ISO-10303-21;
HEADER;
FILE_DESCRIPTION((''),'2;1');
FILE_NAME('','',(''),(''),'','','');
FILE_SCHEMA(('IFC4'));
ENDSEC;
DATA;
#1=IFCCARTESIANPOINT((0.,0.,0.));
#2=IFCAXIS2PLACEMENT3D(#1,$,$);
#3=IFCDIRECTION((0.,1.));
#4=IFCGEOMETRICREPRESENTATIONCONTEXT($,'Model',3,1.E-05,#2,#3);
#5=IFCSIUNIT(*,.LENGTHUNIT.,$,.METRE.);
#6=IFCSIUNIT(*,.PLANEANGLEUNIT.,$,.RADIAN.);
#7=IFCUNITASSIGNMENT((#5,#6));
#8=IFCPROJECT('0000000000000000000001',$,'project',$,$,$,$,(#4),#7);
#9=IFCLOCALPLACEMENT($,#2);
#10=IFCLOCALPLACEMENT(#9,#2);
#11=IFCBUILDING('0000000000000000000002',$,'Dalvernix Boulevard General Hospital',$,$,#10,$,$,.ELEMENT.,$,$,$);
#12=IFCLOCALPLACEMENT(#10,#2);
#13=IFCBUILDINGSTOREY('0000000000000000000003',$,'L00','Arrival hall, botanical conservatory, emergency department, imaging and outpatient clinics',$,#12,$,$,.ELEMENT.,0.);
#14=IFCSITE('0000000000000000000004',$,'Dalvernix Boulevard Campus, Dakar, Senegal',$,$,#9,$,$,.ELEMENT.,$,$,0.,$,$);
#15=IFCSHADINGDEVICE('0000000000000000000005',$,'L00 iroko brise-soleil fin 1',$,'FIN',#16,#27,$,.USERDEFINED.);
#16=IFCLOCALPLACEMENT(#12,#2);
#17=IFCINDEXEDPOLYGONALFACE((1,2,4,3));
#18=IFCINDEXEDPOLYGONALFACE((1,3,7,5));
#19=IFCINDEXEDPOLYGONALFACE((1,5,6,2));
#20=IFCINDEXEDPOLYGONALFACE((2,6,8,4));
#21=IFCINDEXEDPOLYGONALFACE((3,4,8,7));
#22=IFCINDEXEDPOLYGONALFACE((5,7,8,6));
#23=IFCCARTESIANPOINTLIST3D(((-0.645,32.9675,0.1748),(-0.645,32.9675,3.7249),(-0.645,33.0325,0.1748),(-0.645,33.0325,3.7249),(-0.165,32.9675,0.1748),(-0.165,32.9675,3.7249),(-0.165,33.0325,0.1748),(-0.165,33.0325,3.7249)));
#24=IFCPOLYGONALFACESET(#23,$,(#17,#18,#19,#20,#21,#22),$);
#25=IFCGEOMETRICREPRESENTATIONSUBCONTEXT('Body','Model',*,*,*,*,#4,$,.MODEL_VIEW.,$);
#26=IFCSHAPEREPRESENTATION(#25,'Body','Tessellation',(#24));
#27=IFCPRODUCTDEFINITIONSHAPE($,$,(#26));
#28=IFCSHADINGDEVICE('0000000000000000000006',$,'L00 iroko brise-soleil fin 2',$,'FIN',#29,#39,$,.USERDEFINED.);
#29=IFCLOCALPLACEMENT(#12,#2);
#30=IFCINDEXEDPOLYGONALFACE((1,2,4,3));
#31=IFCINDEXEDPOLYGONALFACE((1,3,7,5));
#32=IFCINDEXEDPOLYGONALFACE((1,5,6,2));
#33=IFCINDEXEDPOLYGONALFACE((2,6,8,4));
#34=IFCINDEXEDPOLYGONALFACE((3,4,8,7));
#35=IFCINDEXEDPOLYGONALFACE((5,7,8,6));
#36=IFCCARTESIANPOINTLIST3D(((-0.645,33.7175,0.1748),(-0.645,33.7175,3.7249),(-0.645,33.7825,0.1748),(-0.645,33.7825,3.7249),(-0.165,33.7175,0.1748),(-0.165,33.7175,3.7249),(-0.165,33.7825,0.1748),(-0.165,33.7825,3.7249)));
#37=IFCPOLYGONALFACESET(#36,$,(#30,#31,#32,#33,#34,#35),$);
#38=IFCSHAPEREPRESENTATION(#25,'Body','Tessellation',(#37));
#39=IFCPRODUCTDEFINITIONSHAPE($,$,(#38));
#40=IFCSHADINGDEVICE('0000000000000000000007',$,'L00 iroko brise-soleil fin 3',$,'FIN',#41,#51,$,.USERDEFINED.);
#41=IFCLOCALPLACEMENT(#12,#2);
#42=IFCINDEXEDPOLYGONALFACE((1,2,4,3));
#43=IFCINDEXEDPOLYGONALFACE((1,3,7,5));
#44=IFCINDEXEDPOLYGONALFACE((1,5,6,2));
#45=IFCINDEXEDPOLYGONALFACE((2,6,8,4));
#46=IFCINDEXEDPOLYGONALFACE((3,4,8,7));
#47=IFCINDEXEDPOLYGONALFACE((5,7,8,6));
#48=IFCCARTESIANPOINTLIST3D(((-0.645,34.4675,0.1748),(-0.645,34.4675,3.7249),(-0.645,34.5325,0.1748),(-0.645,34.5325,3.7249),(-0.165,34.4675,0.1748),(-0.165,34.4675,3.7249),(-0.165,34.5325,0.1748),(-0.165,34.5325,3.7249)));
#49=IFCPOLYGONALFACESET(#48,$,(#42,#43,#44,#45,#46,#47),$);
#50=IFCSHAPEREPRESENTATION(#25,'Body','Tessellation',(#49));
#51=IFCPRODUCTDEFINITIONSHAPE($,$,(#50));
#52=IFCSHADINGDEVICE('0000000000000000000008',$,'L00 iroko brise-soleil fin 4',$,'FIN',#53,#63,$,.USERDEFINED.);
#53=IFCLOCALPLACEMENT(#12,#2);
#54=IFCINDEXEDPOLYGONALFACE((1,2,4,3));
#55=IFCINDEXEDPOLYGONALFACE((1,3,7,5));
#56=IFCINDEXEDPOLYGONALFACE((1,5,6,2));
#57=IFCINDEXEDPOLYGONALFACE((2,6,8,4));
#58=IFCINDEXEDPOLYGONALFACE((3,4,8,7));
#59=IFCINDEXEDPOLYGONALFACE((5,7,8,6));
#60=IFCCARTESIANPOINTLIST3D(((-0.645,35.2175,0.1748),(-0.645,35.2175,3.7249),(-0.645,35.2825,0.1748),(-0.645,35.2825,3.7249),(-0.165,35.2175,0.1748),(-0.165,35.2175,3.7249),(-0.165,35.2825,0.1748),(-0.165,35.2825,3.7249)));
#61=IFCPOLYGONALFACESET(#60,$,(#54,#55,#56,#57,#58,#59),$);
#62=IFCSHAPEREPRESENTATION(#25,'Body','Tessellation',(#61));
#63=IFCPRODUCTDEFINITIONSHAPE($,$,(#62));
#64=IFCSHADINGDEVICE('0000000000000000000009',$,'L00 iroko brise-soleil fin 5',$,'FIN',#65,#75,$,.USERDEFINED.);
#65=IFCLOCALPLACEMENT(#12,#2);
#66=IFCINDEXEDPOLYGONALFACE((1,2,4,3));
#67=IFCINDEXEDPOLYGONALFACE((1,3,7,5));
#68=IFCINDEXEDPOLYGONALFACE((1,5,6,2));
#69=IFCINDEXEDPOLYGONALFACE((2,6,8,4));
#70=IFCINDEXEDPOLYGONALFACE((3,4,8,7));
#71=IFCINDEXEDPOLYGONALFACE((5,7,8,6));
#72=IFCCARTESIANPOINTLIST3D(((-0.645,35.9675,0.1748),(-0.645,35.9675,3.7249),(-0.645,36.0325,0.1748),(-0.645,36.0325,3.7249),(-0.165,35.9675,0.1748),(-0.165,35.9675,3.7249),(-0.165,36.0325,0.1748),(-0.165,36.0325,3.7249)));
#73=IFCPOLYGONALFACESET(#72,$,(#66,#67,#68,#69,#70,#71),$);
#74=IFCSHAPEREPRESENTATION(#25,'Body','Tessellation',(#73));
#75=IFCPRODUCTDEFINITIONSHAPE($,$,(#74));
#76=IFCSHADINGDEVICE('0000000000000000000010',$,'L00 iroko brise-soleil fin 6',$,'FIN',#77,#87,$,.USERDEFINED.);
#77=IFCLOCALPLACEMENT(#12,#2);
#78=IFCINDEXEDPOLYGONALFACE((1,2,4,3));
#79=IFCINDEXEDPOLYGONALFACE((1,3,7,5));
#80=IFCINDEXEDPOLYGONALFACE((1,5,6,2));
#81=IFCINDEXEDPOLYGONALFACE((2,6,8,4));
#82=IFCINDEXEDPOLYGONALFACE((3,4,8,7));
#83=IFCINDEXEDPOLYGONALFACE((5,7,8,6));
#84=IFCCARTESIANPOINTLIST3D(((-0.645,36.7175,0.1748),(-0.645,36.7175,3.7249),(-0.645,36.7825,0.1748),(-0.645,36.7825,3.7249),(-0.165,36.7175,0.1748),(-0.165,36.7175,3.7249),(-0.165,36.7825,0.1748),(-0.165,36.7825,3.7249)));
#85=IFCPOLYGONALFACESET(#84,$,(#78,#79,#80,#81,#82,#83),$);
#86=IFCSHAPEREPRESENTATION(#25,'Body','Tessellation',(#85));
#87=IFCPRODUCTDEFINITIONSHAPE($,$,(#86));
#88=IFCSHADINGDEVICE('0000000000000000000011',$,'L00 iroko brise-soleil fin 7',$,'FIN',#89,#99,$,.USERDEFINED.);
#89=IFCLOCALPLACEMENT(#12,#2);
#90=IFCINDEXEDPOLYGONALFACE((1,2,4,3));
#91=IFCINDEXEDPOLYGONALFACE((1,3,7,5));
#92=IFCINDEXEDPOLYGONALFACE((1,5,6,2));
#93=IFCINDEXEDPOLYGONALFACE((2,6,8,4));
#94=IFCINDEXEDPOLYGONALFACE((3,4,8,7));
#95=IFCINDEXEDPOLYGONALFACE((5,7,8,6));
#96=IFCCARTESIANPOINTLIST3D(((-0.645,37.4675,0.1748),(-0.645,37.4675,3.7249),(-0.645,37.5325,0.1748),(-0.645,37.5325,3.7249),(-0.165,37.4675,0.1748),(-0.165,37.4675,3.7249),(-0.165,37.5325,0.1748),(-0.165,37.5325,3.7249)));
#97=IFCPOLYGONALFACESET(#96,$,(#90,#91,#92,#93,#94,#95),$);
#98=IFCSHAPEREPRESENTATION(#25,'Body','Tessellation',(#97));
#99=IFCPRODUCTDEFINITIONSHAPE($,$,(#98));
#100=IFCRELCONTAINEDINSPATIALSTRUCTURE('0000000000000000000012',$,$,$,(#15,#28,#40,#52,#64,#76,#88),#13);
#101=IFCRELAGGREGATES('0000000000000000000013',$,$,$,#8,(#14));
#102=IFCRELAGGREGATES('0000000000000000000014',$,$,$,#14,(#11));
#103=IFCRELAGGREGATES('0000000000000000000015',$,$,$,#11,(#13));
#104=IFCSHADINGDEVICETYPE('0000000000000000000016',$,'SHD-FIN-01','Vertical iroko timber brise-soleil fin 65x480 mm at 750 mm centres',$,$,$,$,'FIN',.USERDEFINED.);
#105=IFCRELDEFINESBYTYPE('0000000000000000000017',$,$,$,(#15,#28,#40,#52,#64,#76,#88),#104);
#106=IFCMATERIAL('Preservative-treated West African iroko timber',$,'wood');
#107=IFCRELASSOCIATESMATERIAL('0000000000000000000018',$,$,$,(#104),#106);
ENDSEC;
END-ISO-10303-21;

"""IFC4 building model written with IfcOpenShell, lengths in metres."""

from ifc_helpers import new_model, si_unit, direction, frame, origin, origin_2d, place, context, subcontext, project, spatial, rectangle, extrude, material, type_object, element, save


model = new_model("IFC4")

# Units and contexts
model_context = context("Model", 3, precision=1e-05, world=origin(), true_north=direction((0.0, 1.0)))
body_context = subcontext(model_context, "Body", "Model", "MODEL_VIEW")
ifc_project = project(units=[si_unit("LENGTHUNIT", "METRE"), si_unit("PLANEANGLEUNIT", "RADIAN")], contexts=[model_context])

# Site, building, storey
site_placement = place(None, origin())
site = spatial("IfcSite", under=ifc_project, at=site_placement, Name="Dalvernix Boulevard Campus, Dakar, Senegal", CompositionType="ELEMENT", RefElevation=0.0)
building_placement = place(site_placement, origin())
building = spatial("IfcBuilding", under=site, at=building_placement, Name="Dalvernix Boulevard General Hospital", CompositionType="ELEMENT")
storey_placement = place(building_placement, origin())
storey = spatial("IfcBuildingStorey", under=building, at=storey_placement, Name="L00", Description="Arrival hall, botanical conservatory, emergency department, imaging and outpatient clinics", CompositionType="ELEMENT", Elevation=0.0)

# Shading devices
ifc_material_1 = material(Name="Preservative-treated West African iroko timber", Category="wood")
shading_device_type = type_object("IfcShadingDeviceType", Name="SHD-FIN-01", Description="Vertical iroko timber brise-soleil fin 65x480 mm at 750 mm centres", ElementType="FIN", PredefinedType="USERDEFINED", material=ifc_material_1)
for number, where, z_axis, x_axis, name in (
    (1, (-0.405, 33.0, 0.1748), (0.0, 0.0, 1.0), (0.0, 1.0, 0.0), "L00 iroko brise-soleil fin 1"),
    (2, (-0.405, 33.75, 0.1748), (0.0, 0.0, 1.0), (0.0, 1.0, 0.0), "L00 iroko brise-soleil fin 2"),
    (3, (-0.405, 34.5, 0.1748), (0.0, 0.0, 1.0), (0.0, 1.0, 0.0), "L00 iroko brise-soleil fin 3"),
    (4, (-0.405, 35.25, 0.1748), (0.0, 0.0, 1.0), (0.0, 1.0, 0.0), "L00 iroko brise-soleil fin 4"),
    (5, (-0.405, 36.0, 0.1748), (0.0, 0.0, 1.0), (0.0, 1.0, 0.0), "L00 iroko brise-soleil fin 5"),
    (6, (-0.405, 36.75, 0.1748), (0.0, 0.0, 1.0), (0.0, 1.0, 0.0), "L00 iroko brise-soleil fin 6"),
    (7, (-0.405, 37.5, 0.1748), (0.0, 0.0, 1.0), (0.0, 1.0, 0.0), "L00 iroko brise-soleil fin 7"),
):
    element("IfcShadingDevice", number, at=place(storey_placement, frame(where, z_axis=z_axis, x_axis=x_axis)), inside=storey, type_object=shading_device_type, Name=name, ObjectType="FIN", PredefinedType="USERDEFINED", context=body_context, shape_type="SweptSolid", body=[
        extrude(rectangle(XDim=0.0649, YDim=0.48, at=origin_2d()), origin(), (0.0, 0.0, 1.0), 3.55),
    ])

save(model, "model.ifc")
